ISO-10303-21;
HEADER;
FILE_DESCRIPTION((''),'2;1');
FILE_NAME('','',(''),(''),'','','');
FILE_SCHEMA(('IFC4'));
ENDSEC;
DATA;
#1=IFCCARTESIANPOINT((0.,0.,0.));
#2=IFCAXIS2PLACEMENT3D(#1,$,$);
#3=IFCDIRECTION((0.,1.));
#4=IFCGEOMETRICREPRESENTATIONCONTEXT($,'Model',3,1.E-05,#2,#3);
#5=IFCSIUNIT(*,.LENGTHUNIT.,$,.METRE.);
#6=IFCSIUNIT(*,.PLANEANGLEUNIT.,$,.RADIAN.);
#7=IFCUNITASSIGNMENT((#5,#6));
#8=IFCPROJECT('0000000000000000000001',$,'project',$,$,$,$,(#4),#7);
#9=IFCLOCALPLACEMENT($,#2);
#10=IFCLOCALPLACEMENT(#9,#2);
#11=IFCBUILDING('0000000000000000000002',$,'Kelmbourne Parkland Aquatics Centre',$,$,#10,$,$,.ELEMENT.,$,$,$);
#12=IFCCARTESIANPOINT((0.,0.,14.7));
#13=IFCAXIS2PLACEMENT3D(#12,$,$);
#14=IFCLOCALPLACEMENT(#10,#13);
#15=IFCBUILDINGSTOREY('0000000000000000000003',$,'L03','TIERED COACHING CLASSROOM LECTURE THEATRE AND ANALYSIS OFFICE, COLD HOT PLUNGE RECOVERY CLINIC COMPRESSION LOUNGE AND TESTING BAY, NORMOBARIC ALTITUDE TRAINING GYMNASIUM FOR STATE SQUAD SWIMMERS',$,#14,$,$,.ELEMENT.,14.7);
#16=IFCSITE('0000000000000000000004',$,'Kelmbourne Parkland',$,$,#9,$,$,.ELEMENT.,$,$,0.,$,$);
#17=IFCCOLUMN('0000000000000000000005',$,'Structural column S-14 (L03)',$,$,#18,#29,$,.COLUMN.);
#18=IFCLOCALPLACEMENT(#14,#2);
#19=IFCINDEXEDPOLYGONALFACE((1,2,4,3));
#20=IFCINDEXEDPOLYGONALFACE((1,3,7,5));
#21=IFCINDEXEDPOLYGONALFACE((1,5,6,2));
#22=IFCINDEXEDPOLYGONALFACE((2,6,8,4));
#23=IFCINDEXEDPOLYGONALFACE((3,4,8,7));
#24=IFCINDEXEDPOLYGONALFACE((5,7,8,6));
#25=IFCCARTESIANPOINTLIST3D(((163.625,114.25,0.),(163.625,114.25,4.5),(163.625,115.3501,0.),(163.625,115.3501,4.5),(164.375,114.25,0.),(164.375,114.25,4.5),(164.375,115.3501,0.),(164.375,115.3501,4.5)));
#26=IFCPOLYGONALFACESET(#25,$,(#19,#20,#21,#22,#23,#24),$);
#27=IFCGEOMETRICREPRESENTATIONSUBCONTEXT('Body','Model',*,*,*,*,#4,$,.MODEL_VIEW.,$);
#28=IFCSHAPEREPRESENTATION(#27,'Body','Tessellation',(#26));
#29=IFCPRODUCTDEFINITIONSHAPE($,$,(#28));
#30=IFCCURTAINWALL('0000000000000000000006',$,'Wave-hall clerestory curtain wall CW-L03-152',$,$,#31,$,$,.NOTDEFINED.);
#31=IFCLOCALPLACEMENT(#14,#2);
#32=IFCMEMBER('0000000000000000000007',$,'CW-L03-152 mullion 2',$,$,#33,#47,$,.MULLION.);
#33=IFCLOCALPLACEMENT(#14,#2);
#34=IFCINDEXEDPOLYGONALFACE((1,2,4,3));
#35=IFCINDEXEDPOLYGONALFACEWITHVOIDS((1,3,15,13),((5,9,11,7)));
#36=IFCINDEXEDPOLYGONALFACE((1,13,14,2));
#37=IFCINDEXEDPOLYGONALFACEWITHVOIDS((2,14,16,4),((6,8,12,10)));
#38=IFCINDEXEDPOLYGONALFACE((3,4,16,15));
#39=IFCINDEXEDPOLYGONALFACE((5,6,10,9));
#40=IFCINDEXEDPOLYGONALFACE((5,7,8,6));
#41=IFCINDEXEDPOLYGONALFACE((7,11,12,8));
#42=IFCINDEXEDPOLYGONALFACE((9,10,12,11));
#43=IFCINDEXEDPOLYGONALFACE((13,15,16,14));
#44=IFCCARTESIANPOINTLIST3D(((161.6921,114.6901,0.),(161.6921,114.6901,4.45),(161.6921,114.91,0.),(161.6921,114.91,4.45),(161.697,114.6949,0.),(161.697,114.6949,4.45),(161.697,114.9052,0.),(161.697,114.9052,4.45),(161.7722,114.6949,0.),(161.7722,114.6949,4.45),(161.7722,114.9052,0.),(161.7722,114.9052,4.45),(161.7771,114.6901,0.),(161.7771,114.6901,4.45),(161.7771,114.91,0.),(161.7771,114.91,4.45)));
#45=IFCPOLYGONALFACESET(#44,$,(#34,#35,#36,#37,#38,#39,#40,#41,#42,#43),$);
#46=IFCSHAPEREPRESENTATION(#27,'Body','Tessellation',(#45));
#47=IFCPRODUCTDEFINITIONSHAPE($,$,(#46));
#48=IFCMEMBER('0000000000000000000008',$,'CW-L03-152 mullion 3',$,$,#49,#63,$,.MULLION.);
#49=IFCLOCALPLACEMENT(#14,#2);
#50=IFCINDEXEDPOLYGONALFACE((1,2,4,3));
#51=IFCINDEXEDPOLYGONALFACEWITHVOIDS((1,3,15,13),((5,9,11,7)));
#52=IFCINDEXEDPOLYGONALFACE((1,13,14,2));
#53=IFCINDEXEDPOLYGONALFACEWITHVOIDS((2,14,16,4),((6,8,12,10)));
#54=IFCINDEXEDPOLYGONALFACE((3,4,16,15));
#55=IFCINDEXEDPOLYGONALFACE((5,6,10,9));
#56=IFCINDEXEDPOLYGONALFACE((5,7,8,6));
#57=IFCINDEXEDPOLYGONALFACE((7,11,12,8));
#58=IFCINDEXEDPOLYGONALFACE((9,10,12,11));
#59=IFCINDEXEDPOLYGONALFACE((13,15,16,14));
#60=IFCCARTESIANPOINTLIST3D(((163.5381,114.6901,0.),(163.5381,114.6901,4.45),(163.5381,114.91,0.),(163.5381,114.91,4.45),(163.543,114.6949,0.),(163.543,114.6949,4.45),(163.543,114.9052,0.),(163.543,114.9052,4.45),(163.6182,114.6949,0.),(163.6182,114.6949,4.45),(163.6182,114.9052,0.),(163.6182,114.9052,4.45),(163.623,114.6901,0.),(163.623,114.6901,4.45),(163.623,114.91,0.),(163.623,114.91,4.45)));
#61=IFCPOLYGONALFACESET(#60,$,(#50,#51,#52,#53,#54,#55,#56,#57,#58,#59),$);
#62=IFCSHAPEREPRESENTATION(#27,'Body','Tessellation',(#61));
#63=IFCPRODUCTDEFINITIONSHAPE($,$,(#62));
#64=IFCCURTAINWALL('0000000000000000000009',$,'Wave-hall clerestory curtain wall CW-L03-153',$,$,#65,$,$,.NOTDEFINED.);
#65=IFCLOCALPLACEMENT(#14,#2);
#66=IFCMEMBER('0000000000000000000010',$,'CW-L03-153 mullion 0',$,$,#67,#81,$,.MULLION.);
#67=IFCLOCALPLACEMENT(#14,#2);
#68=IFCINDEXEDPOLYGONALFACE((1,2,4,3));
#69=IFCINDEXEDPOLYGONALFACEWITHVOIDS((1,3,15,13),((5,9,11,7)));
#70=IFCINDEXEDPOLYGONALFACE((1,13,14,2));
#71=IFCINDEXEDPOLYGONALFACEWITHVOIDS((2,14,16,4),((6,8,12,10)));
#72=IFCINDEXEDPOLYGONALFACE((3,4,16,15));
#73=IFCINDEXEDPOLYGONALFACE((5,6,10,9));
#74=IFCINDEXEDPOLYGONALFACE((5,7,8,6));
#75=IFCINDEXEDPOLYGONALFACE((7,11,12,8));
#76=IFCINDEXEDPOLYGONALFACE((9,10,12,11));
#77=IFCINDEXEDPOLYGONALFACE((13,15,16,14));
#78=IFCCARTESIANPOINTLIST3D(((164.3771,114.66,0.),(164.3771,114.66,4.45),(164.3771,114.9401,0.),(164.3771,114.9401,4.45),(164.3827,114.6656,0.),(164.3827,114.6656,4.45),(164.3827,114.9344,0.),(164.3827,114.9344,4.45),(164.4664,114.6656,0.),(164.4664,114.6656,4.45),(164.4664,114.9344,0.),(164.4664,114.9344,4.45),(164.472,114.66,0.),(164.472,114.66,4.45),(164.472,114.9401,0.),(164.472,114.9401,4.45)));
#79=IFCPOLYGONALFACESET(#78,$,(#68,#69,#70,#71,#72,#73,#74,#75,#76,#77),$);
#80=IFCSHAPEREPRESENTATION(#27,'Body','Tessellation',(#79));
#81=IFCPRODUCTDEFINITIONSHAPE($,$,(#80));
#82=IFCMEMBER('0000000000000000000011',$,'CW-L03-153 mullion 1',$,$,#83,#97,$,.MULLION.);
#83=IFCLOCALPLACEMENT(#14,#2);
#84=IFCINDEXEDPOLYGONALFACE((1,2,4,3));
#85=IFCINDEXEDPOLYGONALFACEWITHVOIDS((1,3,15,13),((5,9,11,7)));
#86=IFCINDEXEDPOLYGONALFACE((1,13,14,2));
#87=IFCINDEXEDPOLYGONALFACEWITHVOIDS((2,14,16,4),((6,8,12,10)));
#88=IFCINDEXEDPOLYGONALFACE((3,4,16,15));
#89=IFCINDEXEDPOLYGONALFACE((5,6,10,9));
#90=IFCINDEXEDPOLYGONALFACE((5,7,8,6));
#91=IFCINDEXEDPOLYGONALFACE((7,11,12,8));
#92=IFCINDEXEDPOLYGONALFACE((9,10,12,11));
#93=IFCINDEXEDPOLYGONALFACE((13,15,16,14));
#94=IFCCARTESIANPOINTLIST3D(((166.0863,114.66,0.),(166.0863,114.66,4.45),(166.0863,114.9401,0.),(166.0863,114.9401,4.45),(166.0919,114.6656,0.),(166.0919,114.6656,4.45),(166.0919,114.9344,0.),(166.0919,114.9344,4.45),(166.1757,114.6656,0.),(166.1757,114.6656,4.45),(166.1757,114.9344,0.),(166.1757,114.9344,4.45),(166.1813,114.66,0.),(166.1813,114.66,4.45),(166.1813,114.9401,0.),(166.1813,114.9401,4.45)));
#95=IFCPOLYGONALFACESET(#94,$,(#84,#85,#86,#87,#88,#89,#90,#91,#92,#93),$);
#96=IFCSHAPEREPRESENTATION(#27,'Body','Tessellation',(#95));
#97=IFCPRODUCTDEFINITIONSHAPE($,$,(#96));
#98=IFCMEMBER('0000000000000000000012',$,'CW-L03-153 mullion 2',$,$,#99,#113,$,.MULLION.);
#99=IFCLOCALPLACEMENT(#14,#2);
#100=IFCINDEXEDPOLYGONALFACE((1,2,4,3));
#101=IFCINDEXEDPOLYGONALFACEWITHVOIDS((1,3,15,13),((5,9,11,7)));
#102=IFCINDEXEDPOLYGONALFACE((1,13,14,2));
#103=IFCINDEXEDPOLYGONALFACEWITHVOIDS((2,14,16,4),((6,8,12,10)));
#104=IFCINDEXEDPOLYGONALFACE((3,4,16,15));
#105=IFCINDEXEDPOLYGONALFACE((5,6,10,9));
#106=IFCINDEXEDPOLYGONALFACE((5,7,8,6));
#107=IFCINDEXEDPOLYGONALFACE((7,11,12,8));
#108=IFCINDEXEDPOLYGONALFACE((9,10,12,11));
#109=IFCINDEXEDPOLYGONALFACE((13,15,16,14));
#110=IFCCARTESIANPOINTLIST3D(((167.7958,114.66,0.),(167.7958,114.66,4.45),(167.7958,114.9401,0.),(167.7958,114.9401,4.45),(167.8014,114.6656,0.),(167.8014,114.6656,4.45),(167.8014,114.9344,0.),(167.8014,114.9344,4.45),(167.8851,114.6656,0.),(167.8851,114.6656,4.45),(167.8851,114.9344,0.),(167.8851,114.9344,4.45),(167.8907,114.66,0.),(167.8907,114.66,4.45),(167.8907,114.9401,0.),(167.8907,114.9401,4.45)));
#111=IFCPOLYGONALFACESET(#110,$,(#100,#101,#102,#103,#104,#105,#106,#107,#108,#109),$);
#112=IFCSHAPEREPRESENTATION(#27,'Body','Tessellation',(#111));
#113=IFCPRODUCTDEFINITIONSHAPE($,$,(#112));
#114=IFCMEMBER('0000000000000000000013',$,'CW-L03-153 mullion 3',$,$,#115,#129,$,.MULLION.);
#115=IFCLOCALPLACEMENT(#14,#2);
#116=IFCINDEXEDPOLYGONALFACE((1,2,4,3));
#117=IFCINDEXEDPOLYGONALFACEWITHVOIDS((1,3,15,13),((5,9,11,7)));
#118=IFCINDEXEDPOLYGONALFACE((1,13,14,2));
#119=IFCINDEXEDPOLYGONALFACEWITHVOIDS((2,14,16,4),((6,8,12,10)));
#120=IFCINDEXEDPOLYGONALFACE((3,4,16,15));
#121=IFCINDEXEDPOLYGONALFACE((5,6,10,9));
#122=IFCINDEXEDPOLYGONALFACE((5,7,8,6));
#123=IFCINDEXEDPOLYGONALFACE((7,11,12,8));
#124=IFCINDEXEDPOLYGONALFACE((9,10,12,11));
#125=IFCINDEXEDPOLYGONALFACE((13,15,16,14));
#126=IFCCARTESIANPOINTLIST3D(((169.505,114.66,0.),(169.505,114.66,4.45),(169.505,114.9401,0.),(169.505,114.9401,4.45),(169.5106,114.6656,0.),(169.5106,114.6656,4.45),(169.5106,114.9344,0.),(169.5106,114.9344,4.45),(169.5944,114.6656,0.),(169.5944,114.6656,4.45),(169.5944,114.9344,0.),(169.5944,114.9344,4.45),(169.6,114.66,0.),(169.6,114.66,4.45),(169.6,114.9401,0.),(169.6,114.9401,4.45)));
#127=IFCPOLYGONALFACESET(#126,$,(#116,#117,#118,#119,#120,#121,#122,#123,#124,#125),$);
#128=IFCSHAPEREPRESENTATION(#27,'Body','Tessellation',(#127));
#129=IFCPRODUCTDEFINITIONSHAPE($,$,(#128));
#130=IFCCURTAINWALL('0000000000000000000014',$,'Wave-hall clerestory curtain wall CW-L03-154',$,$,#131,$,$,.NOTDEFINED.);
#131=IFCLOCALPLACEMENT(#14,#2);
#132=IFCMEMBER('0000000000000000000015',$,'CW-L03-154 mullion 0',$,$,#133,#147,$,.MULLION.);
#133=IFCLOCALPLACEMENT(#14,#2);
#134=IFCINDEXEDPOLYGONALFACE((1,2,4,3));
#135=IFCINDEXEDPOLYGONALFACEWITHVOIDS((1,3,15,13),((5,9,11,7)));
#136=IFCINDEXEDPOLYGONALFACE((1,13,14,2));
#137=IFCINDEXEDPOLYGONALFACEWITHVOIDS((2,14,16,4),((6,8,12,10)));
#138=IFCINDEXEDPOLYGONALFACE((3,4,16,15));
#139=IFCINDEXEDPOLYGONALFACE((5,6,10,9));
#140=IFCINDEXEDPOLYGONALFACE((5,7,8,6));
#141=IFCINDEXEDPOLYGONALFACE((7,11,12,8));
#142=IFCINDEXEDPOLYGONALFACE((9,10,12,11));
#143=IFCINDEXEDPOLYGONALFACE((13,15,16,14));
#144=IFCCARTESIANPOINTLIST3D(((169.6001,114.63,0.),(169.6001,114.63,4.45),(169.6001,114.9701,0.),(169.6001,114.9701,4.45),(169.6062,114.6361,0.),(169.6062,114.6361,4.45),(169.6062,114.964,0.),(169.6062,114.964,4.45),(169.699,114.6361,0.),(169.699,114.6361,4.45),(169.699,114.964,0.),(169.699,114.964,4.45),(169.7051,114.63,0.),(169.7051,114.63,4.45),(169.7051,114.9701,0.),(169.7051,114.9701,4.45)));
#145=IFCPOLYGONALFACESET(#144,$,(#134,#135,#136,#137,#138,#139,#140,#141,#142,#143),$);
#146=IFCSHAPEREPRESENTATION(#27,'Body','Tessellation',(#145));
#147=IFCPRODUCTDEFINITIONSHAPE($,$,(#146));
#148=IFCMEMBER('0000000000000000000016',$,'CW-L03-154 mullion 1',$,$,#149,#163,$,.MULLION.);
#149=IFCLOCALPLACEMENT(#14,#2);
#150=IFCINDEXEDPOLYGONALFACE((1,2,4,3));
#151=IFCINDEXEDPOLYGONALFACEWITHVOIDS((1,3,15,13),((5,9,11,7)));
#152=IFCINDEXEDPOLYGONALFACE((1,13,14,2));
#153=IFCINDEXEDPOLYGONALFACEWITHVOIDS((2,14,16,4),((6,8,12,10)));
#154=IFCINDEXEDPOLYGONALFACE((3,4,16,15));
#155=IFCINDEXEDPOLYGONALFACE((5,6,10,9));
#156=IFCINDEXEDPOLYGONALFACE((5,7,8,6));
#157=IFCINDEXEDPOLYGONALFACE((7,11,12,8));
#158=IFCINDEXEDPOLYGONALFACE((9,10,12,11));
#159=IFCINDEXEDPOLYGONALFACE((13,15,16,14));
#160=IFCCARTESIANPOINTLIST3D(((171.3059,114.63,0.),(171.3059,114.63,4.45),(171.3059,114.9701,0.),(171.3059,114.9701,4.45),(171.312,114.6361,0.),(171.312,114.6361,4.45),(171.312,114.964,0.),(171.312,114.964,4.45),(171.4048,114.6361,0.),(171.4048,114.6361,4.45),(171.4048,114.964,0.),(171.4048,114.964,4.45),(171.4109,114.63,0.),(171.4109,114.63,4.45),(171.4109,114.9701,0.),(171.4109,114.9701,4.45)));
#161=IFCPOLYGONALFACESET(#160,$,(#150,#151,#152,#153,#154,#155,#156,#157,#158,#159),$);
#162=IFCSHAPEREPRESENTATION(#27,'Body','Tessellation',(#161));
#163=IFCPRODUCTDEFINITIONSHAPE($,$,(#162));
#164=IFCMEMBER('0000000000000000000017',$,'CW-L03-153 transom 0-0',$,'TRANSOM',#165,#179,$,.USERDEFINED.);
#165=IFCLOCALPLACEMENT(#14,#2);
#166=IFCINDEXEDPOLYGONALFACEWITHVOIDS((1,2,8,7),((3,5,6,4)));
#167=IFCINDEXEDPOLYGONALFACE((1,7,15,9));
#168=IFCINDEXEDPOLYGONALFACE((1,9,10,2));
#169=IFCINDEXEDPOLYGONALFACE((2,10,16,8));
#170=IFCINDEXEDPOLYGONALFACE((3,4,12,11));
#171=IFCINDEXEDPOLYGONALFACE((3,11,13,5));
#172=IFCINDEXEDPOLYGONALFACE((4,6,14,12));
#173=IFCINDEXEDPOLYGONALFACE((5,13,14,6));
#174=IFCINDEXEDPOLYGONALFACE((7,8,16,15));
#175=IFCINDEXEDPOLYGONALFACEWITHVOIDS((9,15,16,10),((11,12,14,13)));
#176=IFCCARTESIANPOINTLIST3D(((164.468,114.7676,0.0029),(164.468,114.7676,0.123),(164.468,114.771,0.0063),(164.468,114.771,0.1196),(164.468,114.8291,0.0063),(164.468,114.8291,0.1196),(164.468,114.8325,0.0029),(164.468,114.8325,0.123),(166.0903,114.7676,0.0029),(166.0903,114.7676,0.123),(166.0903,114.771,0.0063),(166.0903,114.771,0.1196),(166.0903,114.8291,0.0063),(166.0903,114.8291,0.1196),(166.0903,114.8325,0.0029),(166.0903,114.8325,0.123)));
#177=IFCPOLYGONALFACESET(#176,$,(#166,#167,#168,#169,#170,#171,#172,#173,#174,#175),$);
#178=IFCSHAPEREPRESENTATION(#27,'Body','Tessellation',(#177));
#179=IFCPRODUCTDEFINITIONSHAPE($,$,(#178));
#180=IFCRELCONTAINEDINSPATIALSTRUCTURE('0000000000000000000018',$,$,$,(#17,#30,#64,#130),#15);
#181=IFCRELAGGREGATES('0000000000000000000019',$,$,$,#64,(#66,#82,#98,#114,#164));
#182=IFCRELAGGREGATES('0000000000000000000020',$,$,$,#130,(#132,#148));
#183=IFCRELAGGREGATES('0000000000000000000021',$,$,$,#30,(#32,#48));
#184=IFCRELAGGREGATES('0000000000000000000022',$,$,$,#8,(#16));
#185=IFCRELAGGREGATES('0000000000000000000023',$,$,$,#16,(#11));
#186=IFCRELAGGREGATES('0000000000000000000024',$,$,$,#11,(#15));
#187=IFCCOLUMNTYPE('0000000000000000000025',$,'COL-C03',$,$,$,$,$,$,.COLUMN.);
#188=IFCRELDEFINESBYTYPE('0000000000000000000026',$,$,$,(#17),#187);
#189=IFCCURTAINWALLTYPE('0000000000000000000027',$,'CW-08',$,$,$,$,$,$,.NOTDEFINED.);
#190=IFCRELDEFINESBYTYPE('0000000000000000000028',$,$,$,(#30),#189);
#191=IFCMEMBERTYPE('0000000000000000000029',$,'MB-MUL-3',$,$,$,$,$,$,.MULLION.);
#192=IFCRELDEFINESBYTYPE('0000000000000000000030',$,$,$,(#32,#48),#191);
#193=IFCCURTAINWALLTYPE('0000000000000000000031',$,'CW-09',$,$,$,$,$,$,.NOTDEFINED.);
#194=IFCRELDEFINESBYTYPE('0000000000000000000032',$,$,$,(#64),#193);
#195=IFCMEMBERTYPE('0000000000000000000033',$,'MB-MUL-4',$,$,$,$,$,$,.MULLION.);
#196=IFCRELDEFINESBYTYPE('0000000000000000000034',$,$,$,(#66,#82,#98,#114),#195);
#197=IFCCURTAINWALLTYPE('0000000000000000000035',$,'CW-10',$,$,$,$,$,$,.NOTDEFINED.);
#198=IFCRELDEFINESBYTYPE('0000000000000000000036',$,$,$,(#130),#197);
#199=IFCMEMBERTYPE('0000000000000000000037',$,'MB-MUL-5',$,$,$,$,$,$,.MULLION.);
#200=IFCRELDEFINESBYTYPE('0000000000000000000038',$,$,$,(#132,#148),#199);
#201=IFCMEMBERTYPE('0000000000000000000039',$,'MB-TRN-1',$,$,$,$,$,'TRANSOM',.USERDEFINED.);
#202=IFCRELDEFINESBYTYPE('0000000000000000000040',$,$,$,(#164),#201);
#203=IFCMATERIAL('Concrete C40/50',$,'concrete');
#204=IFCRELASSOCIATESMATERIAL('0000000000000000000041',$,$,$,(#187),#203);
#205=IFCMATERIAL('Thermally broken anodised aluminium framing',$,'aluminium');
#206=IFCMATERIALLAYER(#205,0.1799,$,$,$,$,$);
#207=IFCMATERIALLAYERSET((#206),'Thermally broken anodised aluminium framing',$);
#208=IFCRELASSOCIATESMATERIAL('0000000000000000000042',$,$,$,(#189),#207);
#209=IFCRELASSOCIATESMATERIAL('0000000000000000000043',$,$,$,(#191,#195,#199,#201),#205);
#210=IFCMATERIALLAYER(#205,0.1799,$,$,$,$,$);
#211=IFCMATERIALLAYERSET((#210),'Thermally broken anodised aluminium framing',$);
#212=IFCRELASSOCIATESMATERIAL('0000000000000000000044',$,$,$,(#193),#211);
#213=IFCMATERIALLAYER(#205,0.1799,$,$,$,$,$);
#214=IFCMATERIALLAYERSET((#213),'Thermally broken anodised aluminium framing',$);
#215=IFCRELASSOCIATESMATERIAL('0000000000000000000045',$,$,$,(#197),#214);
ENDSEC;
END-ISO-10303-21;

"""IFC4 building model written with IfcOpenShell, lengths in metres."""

from ifc_helpers import new_model, si_unit, direction, frame, origin, origin_2d, place, context, subcontext, project, spatial, rectangle, hollow_rectangle, extrude, material, layer, layer_set, material_profile, profile_set, type_object, element, aggregate, save


model = new_model("IFC4")

# Units and contexts
model_context = context("Model", 3, precision=1e-05, world=origin(), true_north=direction((0.0, 1.0)))
body_context = subcontext(model_context, "Body", "Model", "MODEL_VIEW")
ifc_project = project(units=[si_unit("LENGTHUNIT", "METRE"), si_unit("PLANEANGLEUNIT", "RADIAN")], contexts=[model_context])

# Site, building, storey
site_placement = place(None, origin())
site = spatial("IfcSite", under=ifc_project, at=site_placement, Name="Kelmbourne Parkland", CompositionType="ELEMENT", RefElevation=0.0)
building_placement = place(site_placement, origin())
building = spatial("IfcBuilding", under=site, at=building_placement, Name="Kelmbourne Parkland Aquatics Centre", CompositionType="ELEMENT")
storey_placement = place(building_placement, frame((0.0, 0.0, 14.7)))
storey = spatial("IfcBuildingStorey", under=building, at=storey_placement, Name="L03", Description="TIERED COACHING CLASSROOM LECTURE THEATRE AND ANALYSIS OFFICE, COLD HOT PLUNGE RECOVERY CLINIC COMPRESSION LOUNGE AND TESTING BAY, NORMOBARIC ALTITUDE TRAINING GYMNASIUM FOR STATE SQUAD SWIMMERS", CompositionType="ELEMENT", Elevation=14.7)

# Column
ifc_material_1 = material(Name="Concrete C40/50", Category="concrete")
ifc_material_profile_1 = material_profile(ifc_material_1, rectangle(XDim=0.75, YDim=1.1001, at=origin_2d()), Name="RC 750x1100")
ifc_profile_set_1 = profile_set([ifc_material_profile_1], Name="Concrete C40/50")
column_type = type_object("IfcColumnType", Name="COL-C03", PredefinedType="COLUMN", material=ifc_profile_set_1)
column_placement = place(storey_placement, frame((164.0, 114.8, 0.0), z_axis=(0.0, 0.0, 1.0), x_axis=(1.0, 0.0, 0.0)))
element("IfcColumn", 1, at=column_placement, inside=storey, type_object=column_type, Name="Structural column S-14 (L03)", PredefinedType="COLUMN", context=body_context, shape_type="SweptSolid", body=[
    extrude(rectangle(XDim=0.75, YDim=1.1001, at=origin_2d()), origin(), (0.0, 0.0, 1.0), 4.5),
])

# Curtain walls, members
ifc_material_2 = material(Name="Thermally broken anodised aluminium framing", Category="aluminium")
ifc_layer_1 = layer(ifc_material_2, 0.1799)
ifc_layer_set_1 = layer_set([ifc_layer_1], Name="Thermally broken anodised aluminium framing")
curtain_wall_type_1 = type_object("IfcCurtainWallType", Name="CW-08", PredefinedType="NOTDEFINED", material=ifc_layer_set_1)
curtain_wall_1_placement = place(storey_placement, origin())
curtain_wall_1 = element("IfcCurtainWall", 2, at=curtain_wall_1_placement, inside=storey, type_object=curtain_wall_type_1, Name="Wave-hall clerestory curtain wall CW-L03-152", PredefinedType="NOTDEFINED")
ifc_material_profile_2 = material_profile(ifc_material_2, hollow_rectangle(XDim=0.085, YDim=0.22, WallThickness=0.0049, at=origin_2d()), Name="CW-M 85x220")
ifc_profile_set_2 = profile_set([ifc_material_profile_2], Name="Thermally broken anodised aluminium framing")
member_type_1 = type_object("IfcMemberType", Name="MB-MUL-3", PredefinedType="MULLION", material=ifc_profile_set_2)
member_1_placement = place(storey_placement, frame((161.7346, 114.8, 0.0), z_axis=(0.0, 0.0, 1.0), x_axis=(1.0, 0.0, 0.0)))
member_1 = element("IfcMember", 3, at=member_1_placement, type_object=member_type_1, Name="CW-L03-152 mullion 2", PredefinedType="MULLION", context=body_context, shape_type="SweptSolid", body=[
    extrude(hollow_rectangle(XDim=0.085, YDim=0.22, WallThickness=0.0049, at=origin_2d()), origin(), (0.0, 0.0, 1.0), 4.45),
])
member_2_placement = place(storey_placement, frame((163.5806, 114.8, 0.0), z_axis=(0.0, 0.0, 1.0), x_axis=(1.0, 0.0, 0.0)))
member_2 = element("IfcMember", 4, at=member_2_placement, type_object=member_type_1, Name="CW-L03-152 mullion 3", PredefinedType="MULLION", context=body_context, shape_type="SweptSolid", body=[
    extrude(hollow_rectangle(XDim=0.085, YDim=0.22, WallThickness=0.0049, at=origin_2d()), origin(), (0.0, 0.0, 1.0), 4.45),
])
ifc_layer_2 = layer(ifc_material_2, 0.1799)
ifc_layer_set_2 = layer_set([ifc_layer_2], Name="Thermally broken anodised aluminium framing")
curtain_wall_type_2 = type_object("IfcCurtainWallType", Name="CW-09", PredefinedType="NOTDEFINED", material=ifc_layer_set_2)
curtain_wall_2_placement = place(storey_placement, origin())
curtain_wall_2 = element("IfcCurtainWall", 5, at=curtain_wall_2_placement, inside=storey, type_object=curtain_wall_type_2, Name="Wave-hall clerestory curtain wall CW-L03-153", PredefinedType="NOTDEFINED")
ifc_material_profile_3 = material_profile(ifc_material_2, hollow_rectangle(XDim=0.095, YDim=0.28, WallThickness=0.0056, at=origin_2d()), Name="CW-M 95x280")
ifc_profile_set_3 = profile_set([ifc_material_profile_3], Name="Thermally broken anodised aluminium framing")
member_type_2 = type_object("IfcMemberType", Name="MB-MUL-4", PredefinedType="MULLION", material=ifc_profile_set_3)
member_3_placement = place(storey_placement, frame((164.4246, 114.8, 0.0), z_axis=(0.0, 0.0, 1.0), x_axis=(1.0, 0.0, 0.0)))
member_3 = element("IfcMember", 6, at=member_3_placement, type_object=member_type_2, Name="CW-L03-153 mullion 0", PredefinedType="MULLION", context=body_context, shape_type="SweptSolid", body=[
    extrude(hollow_rectangle(XDim=0.095, YDim=0.28, WallThickness=0.0056, at=origin_2d()), origin(), (0.0, 0.0, 1.0), 4.45),
])
member_4_placement = place(storey_placement, frame((166.1338, 114.8, 0.0), z_axis=(0.0, 0.0, 1.0), x_axis=(1.0, 0.0, 0.0)))
member_4 = element("IfcMember", 7, at=member_4_placement, type_object=member_type_2, Name="CW-L03-153 mullion 1", PredefinedType="MULLION", context=body_context, shape_type="SweptSolid", body=[
    extrude(hollow_rectangle(XDim=0.095, YDim=0.28, WallThickness=0.0056, at=origin_2d()), origin(), (0.0, 0.0, 1.0), 4.45),
])
member_5_placement = place(storey_placement, frame((167.8433, 114.8, 0.0), z_axis=(0.0, 0.0, 1.0), x_axis=(1.0, 0.0, 0.0)))
member_5 = element("IfcMember", 8, at=member_5_placement, type_object=member_type_2, Name="CW-L03-153 mullion 2", PredefinedType="MULLION", context=body_context, shape_type="SweptSolid", body=[
    extrude(hollow_rectangle(XDim=0.095, YDim=0.28, WallThickness=0.0056, at=origin_2d()), origin(), (0.0, 0.0, 1.0), 4.45),
])
member_6_placement = place(storey_placement, frame((169.5525, 114.8, 0.0), z_axis=(0.0, 0.0, 1.0), x_axis=(1.0, 0.0, 0.0)))
member_6 = element("IfcMember", 9, at=member_6_placement, type_object=member_type_2, Name="CW-L03-153 mullion 3", PredefinedType="MULLION", context=body_context, shape_type="SweptSolid", body=[
    extrude(hollow_rectangle(XDim=0.095, YDim=0.28, WallThickness=0.0056, at=origin_2d()), origin(), (0.0, 0.0, 1.0), 4.45),
])
ifc_layer_3 = layer(ifc_material_2, 0.1799)
ifc_layer_set_3 = layer_set([ifc_layer_3], Name="Thermally broken anodised aluminium framing")
curtain_wall_type_3 = type_object("IfcCurtainWallType", Name="CW-10", PredefinedType="NOTDEFINED", material=ifc_layer_set_3)
curtain_wall_3_placement = place(storey_placement, origin())
curtain_wall_3 = element("IfcCurtainWall", 10, at=curtain_wall_3_placement, inside=storey, type_object=curtain_wall_type_3, Name="Wave-hall clerestory curtain wall CW-L03-154", PredefinedType="NOTDEFINED")
ifc_material_profile_4 = material_profile(ifc_material_2, hollow_rectangle(XDim=0.105, YDim=0.3401, WallThickness=0.0061, at=origin_2d()), Name="CW-M 105x340")
ifc_profile_set_4 = profile_set([ifc_material_profile_4], Name="Thermally broken anodised aluminium framing")
member_type_3 = type_object("IfcMemberType", Name="MB-MUL-5", PredefinedType="MULLION", material=ifc_profile_set_4)
member_7_placement = place(storey_placement, frame((169.6526, 114.8, 0.0), z_axis=(0.0, 0.0, 1.0), x_axis=(1.0, 0.0, 0.0)))
member_7 = element("IfcMember", 11, at=member_7_placement, type_object=member_type_3, Name="CW-L03-154 mullion 0", PredefinedType="MULLION", context=body_context, shape_type="SweptSolid", body=[
    extrude(hollow_rectangle(XDim=0.105, YDim=0.3401, WallThickness=0.0061, at=origin_2d()), origin(), (0.0, 0.0, 1.0), 4.45),
])
member_8_placement = place(storey_placement, frame((171.3584, 114.8, 0.0), z_axis=(0.0, 0.0, 1.0), x_axis=(1.0, 0.0, 0.0)))
member_8 = element("IfcMember", 12, at=member_8_placement, type_object=member_type_3, Name="CW-L03-154 mullion 1", PredefinedType="MULLION", context=body_context, shape_type="SweptSolid", body=[
    extrude(hollow_rectangle(XDim=0.105, YDim=0.3401, WallThickness=0.0061, at=origin_2d()), origin(), (0.0, 0.0, 1.0), 4.45),
])

# Member
ifc_material_profile_5 = material_profile(ifc_material_2, hollow_rectangle(XDim=0.0649, YDim=0.1201, WallThickness=0.0034, at=origin_2d()), Name="CW-T 65x120")
ifc_profile_set_5 = profile_set([ifc_material_profile_5], Name="Thermally broken anodised aluminium framing")
member_type_4 = type_object("IfcMemberType", Name="MB-TRN-1", ElementType="TRANSOM", PredefinedType="USERDEFINED", material=ifc_profile_set_5)
member_9_placement = place(storey_placement, frame((164.468, 114.8, 0.063), z_axis=(1.0, 0.0, 0.0), x_axis=(0.0, 1.0, 0.0)))
member_9 = element("IfcMember", 13, at=member_9_placement, type_object=member_type_4, Name="CW-L03-153 transom 0-0", ObjectType="TRANSOM", PredefinedType="USERDEFINED", context=body_context, shape_type="SweptSolid", body=[
    extrude(hollow_rectangle(XDim=0.0649, YDim=0.1201, WallThickness=0.0034, at=origin_2d()), origin(), (0.0, 0.0, 1.0), 1.6223),
])

aggregate(curtain_wall_2, [member_3, member_4, member_5, member_6, member_9])
aggregate(curtain_wall_3, [member_7, member_8])
aggregate(curtain_wall_1, [member_1, member_2])

save(model, "model.ifc")
